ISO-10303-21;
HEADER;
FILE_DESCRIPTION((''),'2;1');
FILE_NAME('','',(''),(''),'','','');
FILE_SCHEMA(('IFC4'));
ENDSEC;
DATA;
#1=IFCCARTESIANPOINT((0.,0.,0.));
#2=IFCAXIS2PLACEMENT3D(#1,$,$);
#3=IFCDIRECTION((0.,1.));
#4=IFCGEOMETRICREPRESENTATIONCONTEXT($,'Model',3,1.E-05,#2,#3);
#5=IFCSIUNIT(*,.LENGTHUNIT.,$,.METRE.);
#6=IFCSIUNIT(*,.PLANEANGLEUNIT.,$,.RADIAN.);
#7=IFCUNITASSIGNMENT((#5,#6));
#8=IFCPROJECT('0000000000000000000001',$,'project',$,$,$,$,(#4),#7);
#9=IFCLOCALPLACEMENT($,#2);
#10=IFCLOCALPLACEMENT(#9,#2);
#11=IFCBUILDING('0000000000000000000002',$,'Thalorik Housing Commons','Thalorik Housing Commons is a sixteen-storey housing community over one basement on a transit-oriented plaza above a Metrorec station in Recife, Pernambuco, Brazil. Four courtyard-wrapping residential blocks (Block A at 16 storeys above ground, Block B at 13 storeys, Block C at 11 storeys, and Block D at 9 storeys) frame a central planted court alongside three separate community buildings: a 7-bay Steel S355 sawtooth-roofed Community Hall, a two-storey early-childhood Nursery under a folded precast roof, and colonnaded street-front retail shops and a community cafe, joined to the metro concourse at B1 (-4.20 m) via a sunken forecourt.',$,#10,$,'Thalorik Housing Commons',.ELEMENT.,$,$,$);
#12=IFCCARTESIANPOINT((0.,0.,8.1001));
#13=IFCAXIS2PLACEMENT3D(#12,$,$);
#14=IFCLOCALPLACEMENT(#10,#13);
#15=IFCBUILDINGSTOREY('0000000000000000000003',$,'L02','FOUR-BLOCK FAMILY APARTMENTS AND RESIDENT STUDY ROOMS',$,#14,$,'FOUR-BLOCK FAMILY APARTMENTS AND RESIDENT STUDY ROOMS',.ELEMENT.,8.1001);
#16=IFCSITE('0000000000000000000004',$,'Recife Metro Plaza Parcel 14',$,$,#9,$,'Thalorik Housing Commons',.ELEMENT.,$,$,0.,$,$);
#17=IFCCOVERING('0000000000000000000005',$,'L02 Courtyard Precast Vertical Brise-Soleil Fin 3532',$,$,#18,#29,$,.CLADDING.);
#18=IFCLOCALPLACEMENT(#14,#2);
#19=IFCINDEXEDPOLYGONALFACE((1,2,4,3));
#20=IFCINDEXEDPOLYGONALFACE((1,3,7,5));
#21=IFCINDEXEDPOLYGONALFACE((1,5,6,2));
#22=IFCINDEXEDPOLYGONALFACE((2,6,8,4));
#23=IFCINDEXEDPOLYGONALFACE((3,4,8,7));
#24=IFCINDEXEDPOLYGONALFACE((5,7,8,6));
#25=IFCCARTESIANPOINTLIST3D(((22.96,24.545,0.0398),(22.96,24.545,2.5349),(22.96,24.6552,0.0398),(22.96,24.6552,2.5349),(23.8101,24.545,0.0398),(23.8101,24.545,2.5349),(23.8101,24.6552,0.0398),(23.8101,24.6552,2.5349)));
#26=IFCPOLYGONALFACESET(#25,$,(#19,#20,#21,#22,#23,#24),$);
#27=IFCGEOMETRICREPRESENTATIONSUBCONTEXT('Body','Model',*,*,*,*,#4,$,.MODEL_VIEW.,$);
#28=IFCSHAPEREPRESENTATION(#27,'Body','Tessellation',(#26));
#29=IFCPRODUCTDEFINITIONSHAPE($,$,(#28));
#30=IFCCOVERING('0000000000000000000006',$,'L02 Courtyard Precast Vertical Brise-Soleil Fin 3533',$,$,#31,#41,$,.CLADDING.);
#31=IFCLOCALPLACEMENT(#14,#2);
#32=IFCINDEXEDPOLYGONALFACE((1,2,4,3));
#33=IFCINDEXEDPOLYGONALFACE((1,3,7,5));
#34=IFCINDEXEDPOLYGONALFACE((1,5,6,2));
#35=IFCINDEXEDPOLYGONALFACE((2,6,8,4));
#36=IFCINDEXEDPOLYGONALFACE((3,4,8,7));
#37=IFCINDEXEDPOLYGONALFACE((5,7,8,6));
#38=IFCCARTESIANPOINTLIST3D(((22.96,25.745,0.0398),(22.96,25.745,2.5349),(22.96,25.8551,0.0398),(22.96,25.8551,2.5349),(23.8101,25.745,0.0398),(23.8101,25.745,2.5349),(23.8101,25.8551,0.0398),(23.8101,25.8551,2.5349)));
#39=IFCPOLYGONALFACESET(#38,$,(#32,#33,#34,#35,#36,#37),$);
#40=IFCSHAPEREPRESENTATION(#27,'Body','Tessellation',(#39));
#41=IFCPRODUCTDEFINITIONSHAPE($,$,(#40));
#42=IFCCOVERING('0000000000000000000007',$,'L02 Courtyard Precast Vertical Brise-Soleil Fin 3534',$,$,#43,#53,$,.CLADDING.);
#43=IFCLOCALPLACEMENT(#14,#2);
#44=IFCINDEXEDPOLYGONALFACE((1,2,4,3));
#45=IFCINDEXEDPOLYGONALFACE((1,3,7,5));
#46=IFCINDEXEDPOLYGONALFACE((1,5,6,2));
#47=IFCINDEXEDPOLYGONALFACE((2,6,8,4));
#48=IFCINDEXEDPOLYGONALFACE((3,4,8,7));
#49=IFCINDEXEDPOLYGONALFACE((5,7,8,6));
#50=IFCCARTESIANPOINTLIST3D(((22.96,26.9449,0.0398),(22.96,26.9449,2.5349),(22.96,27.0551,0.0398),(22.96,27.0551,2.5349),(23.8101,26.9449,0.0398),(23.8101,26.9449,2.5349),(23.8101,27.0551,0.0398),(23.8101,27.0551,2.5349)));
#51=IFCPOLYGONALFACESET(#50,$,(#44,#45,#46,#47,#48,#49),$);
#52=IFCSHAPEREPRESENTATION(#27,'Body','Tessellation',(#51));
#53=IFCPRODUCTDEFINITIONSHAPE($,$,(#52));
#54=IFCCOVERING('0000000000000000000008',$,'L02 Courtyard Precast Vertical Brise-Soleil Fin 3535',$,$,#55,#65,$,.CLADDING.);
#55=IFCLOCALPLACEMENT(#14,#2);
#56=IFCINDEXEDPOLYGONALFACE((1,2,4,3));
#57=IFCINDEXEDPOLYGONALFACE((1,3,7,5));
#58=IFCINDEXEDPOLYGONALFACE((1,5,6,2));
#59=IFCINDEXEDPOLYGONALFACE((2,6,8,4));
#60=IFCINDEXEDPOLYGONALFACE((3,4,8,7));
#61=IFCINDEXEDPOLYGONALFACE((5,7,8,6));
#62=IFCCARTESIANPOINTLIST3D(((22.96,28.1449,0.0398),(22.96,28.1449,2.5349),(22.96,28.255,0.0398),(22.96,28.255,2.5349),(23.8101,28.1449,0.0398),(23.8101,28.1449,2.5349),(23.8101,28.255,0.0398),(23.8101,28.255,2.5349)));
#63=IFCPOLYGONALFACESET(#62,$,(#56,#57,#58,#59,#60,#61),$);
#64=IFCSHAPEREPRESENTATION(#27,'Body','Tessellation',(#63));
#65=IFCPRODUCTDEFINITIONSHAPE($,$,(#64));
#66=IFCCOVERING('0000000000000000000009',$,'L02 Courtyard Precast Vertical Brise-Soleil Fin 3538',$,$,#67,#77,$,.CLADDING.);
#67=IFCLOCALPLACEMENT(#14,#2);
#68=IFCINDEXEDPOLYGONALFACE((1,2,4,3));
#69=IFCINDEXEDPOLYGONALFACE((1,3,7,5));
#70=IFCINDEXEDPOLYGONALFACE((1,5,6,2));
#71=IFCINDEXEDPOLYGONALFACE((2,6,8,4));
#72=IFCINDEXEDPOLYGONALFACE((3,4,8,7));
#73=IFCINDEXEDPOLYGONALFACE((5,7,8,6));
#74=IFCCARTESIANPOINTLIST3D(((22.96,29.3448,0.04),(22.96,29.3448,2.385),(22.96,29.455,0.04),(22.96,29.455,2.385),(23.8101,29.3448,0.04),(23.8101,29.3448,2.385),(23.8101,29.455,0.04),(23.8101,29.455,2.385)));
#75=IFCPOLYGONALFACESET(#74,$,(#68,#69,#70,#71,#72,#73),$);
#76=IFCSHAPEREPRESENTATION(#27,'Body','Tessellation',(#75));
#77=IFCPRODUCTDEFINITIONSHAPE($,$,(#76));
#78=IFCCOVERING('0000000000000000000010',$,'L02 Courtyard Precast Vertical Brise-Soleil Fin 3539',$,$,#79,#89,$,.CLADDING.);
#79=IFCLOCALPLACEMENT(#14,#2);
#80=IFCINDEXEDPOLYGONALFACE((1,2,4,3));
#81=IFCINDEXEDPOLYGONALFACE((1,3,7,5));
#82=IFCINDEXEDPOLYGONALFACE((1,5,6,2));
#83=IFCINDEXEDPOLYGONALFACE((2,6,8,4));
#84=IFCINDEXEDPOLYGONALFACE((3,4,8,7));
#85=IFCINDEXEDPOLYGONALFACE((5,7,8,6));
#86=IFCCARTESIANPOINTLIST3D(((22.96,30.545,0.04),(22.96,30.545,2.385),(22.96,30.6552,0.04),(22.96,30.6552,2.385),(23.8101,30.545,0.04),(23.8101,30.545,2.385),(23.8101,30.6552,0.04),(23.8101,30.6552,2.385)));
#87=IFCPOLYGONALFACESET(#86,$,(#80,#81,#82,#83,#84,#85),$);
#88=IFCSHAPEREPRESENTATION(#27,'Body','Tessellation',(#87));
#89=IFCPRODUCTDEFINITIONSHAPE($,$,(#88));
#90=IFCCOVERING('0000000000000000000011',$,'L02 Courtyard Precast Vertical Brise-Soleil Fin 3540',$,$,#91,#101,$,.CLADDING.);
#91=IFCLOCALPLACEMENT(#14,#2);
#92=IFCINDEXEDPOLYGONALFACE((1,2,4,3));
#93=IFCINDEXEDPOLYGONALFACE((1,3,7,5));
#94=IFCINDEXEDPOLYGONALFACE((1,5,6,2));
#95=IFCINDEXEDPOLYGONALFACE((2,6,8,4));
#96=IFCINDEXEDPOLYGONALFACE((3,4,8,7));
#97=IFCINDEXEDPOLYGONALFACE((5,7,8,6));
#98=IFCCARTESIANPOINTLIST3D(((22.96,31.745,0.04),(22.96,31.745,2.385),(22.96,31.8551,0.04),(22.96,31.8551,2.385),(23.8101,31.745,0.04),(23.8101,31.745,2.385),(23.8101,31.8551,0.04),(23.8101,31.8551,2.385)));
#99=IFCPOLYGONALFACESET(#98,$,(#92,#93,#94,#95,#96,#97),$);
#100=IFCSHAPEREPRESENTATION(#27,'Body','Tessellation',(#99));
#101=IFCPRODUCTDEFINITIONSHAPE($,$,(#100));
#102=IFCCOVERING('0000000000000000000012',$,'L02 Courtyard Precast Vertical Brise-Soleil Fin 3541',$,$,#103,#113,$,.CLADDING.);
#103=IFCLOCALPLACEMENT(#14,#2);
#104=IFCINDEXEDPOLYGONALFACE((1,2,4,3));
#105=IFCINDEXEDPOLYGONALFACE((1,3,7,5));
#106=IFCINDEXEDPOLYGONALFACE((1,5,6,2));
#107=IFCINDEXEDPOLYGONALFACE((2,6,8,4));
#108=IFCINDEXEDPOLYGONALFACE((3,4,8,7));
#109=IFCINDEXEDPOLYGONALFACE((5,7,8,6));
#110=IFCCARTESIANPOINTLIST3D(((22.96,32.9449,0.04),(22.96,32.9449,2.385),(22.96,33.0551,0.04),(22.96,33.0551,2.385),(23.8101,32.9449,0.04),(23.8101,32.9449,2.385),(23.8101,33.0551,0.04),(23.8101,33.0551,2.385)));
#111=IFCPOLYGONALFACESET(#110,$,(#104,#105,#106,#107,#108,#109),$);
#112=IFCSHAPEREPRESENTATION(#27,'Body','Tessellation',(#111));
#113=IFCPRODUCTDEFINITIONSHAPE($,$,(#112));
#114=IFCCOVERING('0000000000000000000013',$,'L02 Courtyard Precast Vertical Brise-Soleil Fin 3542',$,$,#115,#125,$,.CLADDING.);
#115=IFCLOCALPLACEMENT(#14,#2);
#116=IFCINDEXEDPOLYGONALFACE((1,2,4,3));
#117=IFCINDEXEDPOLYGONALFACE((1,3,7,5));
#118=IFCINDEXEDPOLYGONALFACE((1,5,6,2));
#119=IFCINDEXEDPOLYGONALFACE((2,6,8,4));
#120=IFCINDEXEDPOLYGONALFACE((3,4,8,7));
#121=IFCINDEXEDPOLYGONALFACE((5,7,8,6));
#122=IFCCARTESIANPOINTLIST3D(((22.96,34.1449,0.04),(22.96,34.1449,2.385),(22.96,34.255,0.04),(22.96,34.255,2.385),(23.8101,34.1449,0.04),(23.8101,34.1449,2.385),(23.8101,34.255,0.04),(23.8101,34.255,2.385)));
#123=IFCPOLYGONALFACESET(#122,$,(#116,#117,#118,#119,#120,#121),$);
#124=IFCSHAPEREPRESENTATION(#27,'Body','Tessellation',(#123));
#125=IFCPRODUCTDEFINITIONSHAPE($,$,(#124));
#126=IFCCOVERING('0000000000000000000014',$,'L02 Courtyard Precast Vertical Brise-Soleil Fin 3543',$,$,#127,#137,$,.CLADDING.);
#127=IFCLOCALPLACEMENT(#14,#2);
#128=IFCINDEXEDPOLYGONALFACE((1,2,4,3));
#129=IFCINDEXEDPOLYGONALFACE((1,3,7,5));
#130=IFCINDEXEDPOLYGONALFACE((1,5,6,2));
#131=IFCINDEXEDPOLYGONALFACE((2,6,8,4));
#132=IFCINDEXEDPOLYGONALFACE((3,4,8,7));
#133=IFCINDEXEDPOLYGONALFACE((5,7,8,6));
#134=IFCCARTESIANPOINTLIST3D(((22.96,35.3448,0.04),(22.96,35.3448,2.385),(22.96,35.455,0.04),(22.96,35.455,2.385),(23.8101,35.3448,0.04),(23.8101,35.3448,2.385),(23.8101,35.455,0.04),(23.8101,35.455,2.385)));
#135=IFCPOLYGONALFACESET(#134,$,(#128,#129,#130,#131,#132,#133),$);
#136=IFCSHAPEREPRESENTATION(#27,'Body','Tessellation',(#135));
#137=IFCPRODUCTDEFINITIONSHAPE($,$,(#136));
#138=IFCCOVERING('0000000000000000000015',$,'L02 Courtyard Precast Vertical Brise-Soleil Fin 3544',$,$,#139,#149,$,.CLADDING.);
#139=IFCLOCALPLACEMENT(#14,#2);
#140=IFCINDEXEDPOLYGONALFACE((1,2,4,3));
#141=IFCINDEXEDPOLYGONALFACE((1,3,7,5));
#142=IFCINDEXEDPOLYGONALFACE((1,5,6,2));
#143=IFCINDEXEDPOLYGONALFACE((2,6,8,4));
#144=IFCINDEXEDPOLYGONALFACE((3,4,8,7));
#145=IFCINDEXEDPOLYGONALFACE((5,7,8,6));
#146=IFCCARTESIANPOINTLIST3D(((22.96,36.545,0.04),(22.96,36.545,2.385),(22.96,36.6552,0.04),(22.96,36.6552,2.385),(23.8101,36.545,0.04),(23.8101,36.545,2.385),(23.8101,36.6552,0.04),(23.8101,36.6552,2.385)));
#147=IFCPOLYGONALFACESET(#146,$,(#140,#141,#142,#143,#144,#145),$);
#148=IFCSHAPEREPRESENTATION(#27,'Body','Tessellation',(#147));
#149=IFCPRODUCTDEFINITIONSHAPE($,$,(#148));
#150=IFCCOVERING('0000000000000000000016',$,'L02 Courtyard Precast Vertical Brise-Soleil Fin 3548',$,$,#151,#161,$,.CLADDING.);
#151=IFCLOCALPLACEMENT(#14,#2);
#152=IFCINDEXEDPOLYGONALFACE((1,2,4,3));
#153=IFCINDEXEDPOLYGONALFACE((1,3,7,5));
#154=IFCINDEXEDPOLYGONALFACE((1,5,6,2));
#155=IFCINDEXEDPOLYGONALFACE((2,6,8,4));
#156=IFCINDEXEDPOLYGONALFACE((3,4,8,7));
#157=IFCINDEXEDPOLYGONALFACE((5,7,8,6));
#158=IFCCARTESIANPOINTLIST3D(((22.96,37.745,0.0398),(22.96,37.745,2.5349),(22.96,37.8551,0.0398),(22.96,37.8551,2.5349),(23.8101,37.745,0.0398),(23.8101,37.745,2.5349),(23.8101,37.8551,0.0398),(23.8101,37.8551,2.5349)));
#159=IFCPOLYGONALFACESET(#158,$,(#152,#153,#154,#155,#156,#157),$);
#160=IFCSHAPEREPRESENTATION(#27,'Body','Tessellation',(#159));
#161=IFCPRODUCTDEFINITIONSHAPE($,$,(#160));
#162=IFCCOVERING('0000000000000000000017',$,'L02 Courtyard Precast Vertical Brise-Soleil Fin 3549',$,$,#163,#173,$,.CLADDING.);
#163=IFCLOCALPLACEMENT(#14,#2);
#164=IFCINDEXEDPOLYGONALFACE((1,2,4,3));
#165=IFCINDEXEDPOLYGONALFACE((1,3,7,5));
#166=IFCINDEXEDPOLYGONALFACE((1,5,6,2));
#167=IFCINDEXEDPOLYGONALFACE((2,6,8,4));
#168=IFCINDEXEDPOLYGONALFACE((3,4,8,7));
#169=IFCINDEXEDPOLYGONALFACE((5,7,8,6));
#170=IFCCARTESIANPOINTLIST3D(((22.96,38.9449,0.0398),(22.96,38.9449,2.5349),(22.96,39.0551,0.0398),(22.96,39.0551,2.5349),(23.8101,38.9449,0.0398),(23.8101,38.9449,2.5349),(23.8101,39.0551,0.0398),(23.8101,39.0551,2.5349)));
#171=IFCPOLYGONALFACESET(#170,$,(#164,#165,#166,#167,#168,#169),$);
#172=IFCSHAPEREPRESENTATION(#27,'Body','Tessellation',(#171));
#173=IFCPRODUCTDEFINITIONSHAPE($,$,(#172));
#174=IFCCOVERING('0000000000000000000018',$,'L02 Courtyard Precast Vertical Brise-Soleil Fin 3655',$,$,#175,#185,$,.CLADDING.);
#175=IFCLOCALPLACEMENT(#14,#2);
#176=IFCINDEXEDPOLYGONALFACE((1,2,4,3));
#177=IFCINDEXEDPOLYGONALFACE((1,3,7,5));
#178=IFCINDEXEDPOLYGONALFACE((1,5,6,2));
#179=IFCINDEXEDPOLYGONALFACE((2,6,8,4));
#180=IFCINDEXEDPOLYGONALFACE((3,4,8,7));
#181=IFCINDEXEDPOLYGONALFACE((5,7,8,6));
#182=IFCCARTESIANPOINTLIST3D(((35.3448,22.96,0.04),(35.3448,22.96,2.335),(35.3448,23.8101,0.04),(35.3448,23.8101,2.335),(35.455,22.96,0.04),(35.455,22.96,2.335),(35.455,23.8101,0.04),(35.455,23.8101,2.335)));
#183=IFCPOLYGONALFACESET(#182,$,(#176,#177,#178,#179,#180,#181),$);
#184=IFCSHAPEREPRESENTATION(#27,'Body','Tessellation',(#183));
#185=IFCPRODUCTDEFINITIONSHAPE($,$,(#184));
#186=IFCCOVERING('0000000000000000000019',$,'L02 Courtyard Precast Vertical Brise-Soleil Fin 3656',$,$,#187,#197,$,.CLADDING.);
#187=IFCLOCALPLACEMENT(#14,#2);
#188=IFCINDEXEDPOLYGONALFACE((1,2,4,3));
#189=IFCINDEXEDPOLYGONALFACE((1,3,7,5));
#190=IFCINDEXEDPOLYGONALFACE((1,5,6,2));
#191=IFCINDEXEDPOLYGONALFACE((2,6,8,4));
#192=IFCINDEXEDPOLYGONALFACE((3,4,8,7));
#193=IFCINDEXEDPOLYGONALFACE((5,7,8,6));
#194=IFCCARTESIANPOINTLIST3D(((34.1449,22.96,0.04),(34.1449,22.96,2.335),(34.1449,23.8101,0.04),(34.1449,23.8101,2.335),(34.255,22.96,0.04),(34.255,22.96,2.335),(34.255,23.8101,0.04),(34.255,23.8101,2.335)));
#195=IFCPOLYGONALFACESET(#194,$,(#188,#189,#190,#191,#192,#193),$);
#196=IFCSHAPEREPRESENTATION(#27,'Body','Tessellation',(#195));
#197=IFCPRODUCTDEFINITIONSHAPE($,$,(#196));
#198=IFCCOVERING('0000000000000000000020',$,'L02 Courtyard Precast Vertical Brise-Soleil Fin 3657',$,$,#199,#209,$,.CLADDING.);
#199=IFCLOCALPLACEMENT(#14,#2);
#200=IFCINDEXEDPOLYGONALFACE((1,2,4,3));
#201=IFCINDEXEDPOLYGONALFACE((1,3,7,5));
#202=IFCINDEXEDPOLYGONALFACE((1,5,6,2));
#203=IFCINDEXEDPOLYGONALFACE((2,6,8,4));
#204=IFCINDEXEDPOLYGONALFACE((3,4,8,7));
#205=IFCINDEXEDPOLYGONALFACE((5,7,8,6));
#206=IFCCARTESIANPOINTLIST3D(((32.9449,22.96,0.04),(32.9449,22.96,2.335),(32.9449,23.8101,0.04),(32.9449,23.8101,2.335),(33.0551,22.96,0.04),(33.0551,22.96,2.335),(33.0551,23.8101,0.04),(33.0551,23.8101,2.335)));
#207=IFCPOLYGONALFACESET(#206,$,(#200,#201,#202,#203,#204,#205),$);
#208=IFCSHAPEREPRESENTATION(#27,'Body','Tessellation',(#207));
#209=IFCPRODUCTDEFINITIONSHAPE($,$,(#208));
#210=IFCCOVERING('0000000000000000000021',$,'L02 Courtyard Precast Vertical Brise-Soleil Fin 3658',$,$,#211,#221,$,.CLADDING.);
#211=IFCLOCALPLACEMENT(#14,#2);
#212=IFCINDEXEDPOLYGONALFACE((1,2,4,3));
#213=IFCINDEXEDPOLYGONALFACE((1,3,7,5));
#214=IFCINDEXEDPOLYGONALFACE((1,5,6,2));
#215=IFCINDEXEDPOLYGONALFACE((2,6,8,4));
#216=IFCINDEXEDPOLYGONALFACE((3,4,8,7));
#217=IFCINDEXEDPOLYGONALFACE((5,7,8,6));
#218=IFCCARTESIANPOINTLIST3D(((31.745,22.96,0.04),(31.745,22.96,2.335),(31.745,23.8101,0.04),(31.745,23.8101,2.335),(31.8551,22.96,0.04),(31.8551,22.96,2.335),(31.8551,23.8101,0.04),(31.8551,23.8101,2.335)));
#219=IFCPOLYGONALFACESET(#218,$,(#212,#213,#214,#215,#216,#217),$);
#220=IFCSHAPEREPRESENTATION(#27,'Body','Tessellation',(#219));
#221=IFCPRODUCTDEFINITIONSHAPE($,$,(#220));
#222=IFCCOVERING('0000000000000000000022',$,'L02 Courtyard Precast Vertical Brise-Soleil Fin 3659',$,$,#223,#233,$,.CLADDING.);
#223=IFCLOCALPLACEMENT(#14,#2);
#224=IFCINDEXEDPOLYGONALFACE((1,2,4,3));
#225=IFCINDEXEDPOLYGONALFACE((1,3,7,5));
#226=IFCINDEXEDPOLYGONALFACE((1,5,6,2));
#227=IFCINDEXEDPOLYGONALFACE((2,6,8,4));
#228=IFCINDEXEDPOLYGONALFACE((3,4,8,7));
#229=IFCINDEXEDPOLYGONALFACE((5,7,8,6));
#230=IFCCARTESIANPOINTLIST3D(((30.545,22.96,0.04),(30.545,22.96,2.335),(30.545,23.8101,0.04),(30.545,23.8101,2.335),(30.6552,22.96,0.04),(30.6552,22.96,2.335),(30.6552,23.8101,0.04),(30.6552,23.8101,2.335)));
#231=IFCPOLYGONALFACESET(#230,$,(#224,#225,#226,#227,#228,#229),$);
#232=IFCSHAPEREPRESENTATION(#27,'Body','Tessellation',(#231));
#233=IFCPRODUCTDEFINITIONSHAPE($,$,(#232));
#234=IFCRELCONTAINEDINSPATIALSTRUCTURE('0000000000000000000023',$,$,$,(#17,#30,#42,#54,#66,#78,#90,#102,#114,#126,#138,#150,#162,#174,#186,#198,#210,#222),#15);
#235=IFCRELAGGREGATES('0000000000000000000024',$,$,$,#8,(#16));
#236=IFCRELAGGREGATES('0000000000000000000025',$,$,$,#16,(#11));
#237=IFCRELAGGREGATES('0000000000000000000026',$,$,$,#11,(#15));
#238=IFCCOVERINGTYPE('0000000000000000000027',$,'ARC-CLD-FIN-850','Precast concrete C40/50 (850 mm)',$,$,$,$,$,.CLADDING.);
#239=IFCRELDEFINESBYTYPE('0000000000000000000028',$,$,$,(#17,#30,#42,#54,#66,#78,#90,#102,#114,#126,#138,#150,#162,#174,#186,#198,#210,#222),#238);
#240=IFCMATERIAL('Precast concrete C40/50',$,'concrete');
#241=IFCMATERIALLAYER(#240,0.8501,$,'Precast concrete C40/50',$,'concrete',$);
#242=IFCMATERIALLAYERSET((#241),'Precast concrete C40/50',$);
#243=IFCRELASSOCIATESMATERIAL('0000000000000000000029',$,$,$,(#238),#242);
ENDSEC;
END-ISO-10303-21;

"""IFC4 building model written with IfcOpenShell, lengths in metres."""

from ifc_helpers import new_model, si_unit, direction, frame, origin, origin_2d, place, context, subcontext, project, spatial, rectangle, extrude, material, layer, layer_set, type_object, element, save


model = new_model("IFC4")

# Units and contexts
model_context = context("Model", 3, precision=1e-05, world=origin(), true_north=direction((0.0, 1.0)))
body_context = subcontext(model_context, "Body", "Model", "MODEL_VIEW")
ifc_project = project(units=[si_unit("LENGTHUNIT", "METRE"), si_unit("PLANEANGLEUNIT", "RADIAN")], contexts=[model_context])

# Site, building, storey
site_placement = place(None, origin())
site = spatial("IfcSite", under=ifc_project, at=site_placement, Name="Recife Metro Plaza Parcel 14", LongName="Thalorik Housing Commons", CompositionType="ELEMENT", RefElevation=0.0)
building_placement = place(site_placement, origin())
building = spatial("IfcBuilding", under=site, at=building_placement, Name="Thalorik Housing Commons", Description="Thalorik Housing Commons is a sixteen-storey housing community over one basement on a transit-oriented plaza above a Metrorec station in Recife, Pernambuco, Brazil. Four courtyard-wrapping residential blocks (Block A at 16 storeys above ground, Block B at 13 storeys, Block C at 11 storeys, and Block D at 9 storeys) frame a central planted court alongside three separate community buildings: a 7-bay Steel S355 sawtooth-roofed Community Hall, a two-storey early-childhood Nursery under a folded precast roof, and colonnaded street-front retail shops and a community cafe, joined to the metro concourse at B1 (-4.20 m) via a sunken forecourt.", LongName="Thalorik Housing Commons", CompositionType="ELEMENT")
storey_placement = place(building_placement, frame((0.0, 0.0, 8.1001)))
storey = spatial("IfcBuildingStorey", under=building, at=storey_placement, Name="L02", Description="FOUR-BLOCK FAMILY APARTMENTS AND RESIDENT STUDY ROOMS", LongName="FOUR-BLOCK FAMILY APARTMENTS AND RESIDENT STUDY ROOMS", CompositionType="ELEMENT", Elevation=8.1001)

# Coverings
ifc_material = material(Name="Precast concrete C40/50", Category="concrete")
ifc_layer = layer(ifc_material, 0.8501, Name="Precast concrete C40/50", Category="concrete")
ifc_layer_set = layer_set([ifc_layer], Name="Precast concrete C40/50")
covering_type = type_object("IfcCoveringType", Name="ARC-CLD-FIN-850", Description="Precast concrete C40/50 (850 mm)", PredefinedType="CLADDING", material=ifc_layer_set)
for number, where, z_axis, x_axis, name in (
    (1, (23.385, 24.6001, 0.0398), (0.0, 0.0, 1.0), (0.0, 1.0, 0.0), "L02 Courtyard Precast Vertical Brise-Soleil Fin 3532"),
    (2, (23.385, 25.8, 0.0398), (0.0, 0.0, 1.0), (0.0, 1.0, 0.0), "L02 Courtyard Precast Vertical Brise-Soleil Fin 3533"),
    (3, (23.385, 27.0, 0.0398), (0.0, 0.0, 1.0), (0.0, 1.0, 0.0), "L02 Courtyard Precast Vertical Brise-Soleil Fin 3534"),
    (4, (23.385, 28.2, 0.0398), (0.0, 0.0, 1.0), (0.0, 1.0, 0.0), "L02 Courtyard Precast Vertical Brise-Soleil Fin 3535"),
):
    element("IfcCovering", number, at=place(storey_placement, frame(where, z_axis=z_axis, x_axis=x_axis)), inside=storey, type_object=covering_type, Name=name, PredefinedType="CLADDING", context=body_context, shape_type="SweptSolid", body=[
        extrude(rectangle(XDim=0.1101, YDim=0.8501, at=origin_2d()), origin(), (0.0, 0.0, 1.0), 2.4951),
    ])
for number, where, z_axis, x_axis, name in (
    (5, (23.385, 29.3999, 0.04), (0.0, 0.0, 1.0), (0.0, 1.0, 0.0), "L02 Courtyard Precast Vertical Brise-Soleil Fin 3538"),
    (6, (23.385, 30.6001, 0.04), (0.0, 0.0, 1.0), (0.0, 1.0, 0.0), "L02 Courtyard Precast Vertical Brise-Soleil Fin 3539"),
    (7, (23.385, 31.8, 0.04), (0.0, 0.0, 1.0), (0.0, 1.0, 0.0), "L02 Courtyard Precast Vertical Brise-Soleil Fin 3540"),
    (8, (23.385, 33.0, 0.04), (0.0, 0.0, 1.0), (0.0, 1.0, 0.0), "L02 Courtyard Precast Vertical Brise-Soleil Fin 3541"),
    (9, (23.385, 34.2, 0.04), (0.0, 0.0, 1.0), (0.0, 1.0, 0.0), "L02 Courtyard Precast Vertical Brise-Soleil Fin 3542"),
    (10, (23.385, 35.3999, 0.04), (0.0, 0.0, 1.0), (0.0, 1.0, 0.0), "L02 Courtyard Precast Vertical Brise-Soleil Fin 3543"),
    (11, (23.385, 36.6001, 0.04), (0.0, 0.0, 1.0), (0.0, 1.0, 0.0), "L02 Courtyard Precast Vertical Brise-Soleil Fin 3544"),
):
    element("IfcCovering", number, at=place(storey_placement, frame(where, z_axis=z_axis, x_axis=x_axis)), inside=storey, type_object=covering_type, Name=name, PredefinedType="CLADDING", context=body_context, shape_type="SweptSolid", body=[
        extrude(rectangle(XDim=0.1101, YDim=0.8501, at=origin_2d()), origin(), (0.0, 0.0, 1.0), 2.345),
    ])
for number, where, z_axis, x_axis, name in (
    (12, (23.385, 37.8, 0.0398), (0.0, 0.0, 1.0), (0.0, 1.0, 0.0), "L02 Courtyard Precast Vertical Brise-Soleil Fin 3548"),
    (13, (23.385, 39.0, 0.0398), (0.0, 0.0, 1.0), (0.0, 1.0, 0.0), "L02 Courtyard Precast Vertical Brise-Soleil Fin 3549"),
):
    element("IfcCovering", number, at=place(storey_placement, frame(where, z_axis=z_axis, x_axis=x_axis)), inside=storey, type_object=covering_type, Name=name, PredefinedType="CLADDING", context=body_context, shape_type="SweptSolid", body=[
        extrude(rectangle(XDim=0.1101, YDim=0.8501, at=origin_2d()), origin(), (0.0, 0.0, 1.0), 2.4951),
    ])
for number, where, z_axis, x_axis, name in (
    (14, (35.3999, 23.385, 0.04), (0.0, 0.0, 1.0), (-1.0, 0.0, 0.0), "L02 Courtyard Precast Vertical Brise-Soleil Fin 3655"),
    (15, (34.2, 23.385, 0.04), (0.0, 0.0, 1.0), (-1.0, 0.0, 0.0), "L02 Courtyard Precast Vertical Brise-Soleil Fin 3656"),
    (16, (33.0, 23.385, 0.04), (0.0, 0.0, 1.0), (-1.0, 0.0, 0.0), "L02 Courtyard Precast Vertical Brise-Soleil Fin 3657"),
    (17, (31.8, 23.385, 0.04), (0.0, 0.0, 1.0), (-1.0, 0.0, 0.0), "L02 Courtyard Precast Vertical Brise-Soleil Fin 3658"),
    (18, (30.6001, 23.385, 0.04), (0.0, 0.0, 1.0), (-1.0, 0.0, 0.0), "L02 Courtyard Precast Vertical Brise-Soleil Fin 3659"),
):
    element("IfcCovering", number, at=place(storey_placement, frame(where, z_axis=z_axis, x_axis=x_axis)), inside=storey, type_object=covering_type, Name=name, PredefinedType="CLADDING", context=body_context, shape_type="SweptSolid", body=[
        extrude(rectangle(XDim=0.1101, YDim=0.8501, at=origin_2d()), origin(), (0.0, 0.0, 1.0), 2.2949),
    ])

save(model, "model.ifc")
